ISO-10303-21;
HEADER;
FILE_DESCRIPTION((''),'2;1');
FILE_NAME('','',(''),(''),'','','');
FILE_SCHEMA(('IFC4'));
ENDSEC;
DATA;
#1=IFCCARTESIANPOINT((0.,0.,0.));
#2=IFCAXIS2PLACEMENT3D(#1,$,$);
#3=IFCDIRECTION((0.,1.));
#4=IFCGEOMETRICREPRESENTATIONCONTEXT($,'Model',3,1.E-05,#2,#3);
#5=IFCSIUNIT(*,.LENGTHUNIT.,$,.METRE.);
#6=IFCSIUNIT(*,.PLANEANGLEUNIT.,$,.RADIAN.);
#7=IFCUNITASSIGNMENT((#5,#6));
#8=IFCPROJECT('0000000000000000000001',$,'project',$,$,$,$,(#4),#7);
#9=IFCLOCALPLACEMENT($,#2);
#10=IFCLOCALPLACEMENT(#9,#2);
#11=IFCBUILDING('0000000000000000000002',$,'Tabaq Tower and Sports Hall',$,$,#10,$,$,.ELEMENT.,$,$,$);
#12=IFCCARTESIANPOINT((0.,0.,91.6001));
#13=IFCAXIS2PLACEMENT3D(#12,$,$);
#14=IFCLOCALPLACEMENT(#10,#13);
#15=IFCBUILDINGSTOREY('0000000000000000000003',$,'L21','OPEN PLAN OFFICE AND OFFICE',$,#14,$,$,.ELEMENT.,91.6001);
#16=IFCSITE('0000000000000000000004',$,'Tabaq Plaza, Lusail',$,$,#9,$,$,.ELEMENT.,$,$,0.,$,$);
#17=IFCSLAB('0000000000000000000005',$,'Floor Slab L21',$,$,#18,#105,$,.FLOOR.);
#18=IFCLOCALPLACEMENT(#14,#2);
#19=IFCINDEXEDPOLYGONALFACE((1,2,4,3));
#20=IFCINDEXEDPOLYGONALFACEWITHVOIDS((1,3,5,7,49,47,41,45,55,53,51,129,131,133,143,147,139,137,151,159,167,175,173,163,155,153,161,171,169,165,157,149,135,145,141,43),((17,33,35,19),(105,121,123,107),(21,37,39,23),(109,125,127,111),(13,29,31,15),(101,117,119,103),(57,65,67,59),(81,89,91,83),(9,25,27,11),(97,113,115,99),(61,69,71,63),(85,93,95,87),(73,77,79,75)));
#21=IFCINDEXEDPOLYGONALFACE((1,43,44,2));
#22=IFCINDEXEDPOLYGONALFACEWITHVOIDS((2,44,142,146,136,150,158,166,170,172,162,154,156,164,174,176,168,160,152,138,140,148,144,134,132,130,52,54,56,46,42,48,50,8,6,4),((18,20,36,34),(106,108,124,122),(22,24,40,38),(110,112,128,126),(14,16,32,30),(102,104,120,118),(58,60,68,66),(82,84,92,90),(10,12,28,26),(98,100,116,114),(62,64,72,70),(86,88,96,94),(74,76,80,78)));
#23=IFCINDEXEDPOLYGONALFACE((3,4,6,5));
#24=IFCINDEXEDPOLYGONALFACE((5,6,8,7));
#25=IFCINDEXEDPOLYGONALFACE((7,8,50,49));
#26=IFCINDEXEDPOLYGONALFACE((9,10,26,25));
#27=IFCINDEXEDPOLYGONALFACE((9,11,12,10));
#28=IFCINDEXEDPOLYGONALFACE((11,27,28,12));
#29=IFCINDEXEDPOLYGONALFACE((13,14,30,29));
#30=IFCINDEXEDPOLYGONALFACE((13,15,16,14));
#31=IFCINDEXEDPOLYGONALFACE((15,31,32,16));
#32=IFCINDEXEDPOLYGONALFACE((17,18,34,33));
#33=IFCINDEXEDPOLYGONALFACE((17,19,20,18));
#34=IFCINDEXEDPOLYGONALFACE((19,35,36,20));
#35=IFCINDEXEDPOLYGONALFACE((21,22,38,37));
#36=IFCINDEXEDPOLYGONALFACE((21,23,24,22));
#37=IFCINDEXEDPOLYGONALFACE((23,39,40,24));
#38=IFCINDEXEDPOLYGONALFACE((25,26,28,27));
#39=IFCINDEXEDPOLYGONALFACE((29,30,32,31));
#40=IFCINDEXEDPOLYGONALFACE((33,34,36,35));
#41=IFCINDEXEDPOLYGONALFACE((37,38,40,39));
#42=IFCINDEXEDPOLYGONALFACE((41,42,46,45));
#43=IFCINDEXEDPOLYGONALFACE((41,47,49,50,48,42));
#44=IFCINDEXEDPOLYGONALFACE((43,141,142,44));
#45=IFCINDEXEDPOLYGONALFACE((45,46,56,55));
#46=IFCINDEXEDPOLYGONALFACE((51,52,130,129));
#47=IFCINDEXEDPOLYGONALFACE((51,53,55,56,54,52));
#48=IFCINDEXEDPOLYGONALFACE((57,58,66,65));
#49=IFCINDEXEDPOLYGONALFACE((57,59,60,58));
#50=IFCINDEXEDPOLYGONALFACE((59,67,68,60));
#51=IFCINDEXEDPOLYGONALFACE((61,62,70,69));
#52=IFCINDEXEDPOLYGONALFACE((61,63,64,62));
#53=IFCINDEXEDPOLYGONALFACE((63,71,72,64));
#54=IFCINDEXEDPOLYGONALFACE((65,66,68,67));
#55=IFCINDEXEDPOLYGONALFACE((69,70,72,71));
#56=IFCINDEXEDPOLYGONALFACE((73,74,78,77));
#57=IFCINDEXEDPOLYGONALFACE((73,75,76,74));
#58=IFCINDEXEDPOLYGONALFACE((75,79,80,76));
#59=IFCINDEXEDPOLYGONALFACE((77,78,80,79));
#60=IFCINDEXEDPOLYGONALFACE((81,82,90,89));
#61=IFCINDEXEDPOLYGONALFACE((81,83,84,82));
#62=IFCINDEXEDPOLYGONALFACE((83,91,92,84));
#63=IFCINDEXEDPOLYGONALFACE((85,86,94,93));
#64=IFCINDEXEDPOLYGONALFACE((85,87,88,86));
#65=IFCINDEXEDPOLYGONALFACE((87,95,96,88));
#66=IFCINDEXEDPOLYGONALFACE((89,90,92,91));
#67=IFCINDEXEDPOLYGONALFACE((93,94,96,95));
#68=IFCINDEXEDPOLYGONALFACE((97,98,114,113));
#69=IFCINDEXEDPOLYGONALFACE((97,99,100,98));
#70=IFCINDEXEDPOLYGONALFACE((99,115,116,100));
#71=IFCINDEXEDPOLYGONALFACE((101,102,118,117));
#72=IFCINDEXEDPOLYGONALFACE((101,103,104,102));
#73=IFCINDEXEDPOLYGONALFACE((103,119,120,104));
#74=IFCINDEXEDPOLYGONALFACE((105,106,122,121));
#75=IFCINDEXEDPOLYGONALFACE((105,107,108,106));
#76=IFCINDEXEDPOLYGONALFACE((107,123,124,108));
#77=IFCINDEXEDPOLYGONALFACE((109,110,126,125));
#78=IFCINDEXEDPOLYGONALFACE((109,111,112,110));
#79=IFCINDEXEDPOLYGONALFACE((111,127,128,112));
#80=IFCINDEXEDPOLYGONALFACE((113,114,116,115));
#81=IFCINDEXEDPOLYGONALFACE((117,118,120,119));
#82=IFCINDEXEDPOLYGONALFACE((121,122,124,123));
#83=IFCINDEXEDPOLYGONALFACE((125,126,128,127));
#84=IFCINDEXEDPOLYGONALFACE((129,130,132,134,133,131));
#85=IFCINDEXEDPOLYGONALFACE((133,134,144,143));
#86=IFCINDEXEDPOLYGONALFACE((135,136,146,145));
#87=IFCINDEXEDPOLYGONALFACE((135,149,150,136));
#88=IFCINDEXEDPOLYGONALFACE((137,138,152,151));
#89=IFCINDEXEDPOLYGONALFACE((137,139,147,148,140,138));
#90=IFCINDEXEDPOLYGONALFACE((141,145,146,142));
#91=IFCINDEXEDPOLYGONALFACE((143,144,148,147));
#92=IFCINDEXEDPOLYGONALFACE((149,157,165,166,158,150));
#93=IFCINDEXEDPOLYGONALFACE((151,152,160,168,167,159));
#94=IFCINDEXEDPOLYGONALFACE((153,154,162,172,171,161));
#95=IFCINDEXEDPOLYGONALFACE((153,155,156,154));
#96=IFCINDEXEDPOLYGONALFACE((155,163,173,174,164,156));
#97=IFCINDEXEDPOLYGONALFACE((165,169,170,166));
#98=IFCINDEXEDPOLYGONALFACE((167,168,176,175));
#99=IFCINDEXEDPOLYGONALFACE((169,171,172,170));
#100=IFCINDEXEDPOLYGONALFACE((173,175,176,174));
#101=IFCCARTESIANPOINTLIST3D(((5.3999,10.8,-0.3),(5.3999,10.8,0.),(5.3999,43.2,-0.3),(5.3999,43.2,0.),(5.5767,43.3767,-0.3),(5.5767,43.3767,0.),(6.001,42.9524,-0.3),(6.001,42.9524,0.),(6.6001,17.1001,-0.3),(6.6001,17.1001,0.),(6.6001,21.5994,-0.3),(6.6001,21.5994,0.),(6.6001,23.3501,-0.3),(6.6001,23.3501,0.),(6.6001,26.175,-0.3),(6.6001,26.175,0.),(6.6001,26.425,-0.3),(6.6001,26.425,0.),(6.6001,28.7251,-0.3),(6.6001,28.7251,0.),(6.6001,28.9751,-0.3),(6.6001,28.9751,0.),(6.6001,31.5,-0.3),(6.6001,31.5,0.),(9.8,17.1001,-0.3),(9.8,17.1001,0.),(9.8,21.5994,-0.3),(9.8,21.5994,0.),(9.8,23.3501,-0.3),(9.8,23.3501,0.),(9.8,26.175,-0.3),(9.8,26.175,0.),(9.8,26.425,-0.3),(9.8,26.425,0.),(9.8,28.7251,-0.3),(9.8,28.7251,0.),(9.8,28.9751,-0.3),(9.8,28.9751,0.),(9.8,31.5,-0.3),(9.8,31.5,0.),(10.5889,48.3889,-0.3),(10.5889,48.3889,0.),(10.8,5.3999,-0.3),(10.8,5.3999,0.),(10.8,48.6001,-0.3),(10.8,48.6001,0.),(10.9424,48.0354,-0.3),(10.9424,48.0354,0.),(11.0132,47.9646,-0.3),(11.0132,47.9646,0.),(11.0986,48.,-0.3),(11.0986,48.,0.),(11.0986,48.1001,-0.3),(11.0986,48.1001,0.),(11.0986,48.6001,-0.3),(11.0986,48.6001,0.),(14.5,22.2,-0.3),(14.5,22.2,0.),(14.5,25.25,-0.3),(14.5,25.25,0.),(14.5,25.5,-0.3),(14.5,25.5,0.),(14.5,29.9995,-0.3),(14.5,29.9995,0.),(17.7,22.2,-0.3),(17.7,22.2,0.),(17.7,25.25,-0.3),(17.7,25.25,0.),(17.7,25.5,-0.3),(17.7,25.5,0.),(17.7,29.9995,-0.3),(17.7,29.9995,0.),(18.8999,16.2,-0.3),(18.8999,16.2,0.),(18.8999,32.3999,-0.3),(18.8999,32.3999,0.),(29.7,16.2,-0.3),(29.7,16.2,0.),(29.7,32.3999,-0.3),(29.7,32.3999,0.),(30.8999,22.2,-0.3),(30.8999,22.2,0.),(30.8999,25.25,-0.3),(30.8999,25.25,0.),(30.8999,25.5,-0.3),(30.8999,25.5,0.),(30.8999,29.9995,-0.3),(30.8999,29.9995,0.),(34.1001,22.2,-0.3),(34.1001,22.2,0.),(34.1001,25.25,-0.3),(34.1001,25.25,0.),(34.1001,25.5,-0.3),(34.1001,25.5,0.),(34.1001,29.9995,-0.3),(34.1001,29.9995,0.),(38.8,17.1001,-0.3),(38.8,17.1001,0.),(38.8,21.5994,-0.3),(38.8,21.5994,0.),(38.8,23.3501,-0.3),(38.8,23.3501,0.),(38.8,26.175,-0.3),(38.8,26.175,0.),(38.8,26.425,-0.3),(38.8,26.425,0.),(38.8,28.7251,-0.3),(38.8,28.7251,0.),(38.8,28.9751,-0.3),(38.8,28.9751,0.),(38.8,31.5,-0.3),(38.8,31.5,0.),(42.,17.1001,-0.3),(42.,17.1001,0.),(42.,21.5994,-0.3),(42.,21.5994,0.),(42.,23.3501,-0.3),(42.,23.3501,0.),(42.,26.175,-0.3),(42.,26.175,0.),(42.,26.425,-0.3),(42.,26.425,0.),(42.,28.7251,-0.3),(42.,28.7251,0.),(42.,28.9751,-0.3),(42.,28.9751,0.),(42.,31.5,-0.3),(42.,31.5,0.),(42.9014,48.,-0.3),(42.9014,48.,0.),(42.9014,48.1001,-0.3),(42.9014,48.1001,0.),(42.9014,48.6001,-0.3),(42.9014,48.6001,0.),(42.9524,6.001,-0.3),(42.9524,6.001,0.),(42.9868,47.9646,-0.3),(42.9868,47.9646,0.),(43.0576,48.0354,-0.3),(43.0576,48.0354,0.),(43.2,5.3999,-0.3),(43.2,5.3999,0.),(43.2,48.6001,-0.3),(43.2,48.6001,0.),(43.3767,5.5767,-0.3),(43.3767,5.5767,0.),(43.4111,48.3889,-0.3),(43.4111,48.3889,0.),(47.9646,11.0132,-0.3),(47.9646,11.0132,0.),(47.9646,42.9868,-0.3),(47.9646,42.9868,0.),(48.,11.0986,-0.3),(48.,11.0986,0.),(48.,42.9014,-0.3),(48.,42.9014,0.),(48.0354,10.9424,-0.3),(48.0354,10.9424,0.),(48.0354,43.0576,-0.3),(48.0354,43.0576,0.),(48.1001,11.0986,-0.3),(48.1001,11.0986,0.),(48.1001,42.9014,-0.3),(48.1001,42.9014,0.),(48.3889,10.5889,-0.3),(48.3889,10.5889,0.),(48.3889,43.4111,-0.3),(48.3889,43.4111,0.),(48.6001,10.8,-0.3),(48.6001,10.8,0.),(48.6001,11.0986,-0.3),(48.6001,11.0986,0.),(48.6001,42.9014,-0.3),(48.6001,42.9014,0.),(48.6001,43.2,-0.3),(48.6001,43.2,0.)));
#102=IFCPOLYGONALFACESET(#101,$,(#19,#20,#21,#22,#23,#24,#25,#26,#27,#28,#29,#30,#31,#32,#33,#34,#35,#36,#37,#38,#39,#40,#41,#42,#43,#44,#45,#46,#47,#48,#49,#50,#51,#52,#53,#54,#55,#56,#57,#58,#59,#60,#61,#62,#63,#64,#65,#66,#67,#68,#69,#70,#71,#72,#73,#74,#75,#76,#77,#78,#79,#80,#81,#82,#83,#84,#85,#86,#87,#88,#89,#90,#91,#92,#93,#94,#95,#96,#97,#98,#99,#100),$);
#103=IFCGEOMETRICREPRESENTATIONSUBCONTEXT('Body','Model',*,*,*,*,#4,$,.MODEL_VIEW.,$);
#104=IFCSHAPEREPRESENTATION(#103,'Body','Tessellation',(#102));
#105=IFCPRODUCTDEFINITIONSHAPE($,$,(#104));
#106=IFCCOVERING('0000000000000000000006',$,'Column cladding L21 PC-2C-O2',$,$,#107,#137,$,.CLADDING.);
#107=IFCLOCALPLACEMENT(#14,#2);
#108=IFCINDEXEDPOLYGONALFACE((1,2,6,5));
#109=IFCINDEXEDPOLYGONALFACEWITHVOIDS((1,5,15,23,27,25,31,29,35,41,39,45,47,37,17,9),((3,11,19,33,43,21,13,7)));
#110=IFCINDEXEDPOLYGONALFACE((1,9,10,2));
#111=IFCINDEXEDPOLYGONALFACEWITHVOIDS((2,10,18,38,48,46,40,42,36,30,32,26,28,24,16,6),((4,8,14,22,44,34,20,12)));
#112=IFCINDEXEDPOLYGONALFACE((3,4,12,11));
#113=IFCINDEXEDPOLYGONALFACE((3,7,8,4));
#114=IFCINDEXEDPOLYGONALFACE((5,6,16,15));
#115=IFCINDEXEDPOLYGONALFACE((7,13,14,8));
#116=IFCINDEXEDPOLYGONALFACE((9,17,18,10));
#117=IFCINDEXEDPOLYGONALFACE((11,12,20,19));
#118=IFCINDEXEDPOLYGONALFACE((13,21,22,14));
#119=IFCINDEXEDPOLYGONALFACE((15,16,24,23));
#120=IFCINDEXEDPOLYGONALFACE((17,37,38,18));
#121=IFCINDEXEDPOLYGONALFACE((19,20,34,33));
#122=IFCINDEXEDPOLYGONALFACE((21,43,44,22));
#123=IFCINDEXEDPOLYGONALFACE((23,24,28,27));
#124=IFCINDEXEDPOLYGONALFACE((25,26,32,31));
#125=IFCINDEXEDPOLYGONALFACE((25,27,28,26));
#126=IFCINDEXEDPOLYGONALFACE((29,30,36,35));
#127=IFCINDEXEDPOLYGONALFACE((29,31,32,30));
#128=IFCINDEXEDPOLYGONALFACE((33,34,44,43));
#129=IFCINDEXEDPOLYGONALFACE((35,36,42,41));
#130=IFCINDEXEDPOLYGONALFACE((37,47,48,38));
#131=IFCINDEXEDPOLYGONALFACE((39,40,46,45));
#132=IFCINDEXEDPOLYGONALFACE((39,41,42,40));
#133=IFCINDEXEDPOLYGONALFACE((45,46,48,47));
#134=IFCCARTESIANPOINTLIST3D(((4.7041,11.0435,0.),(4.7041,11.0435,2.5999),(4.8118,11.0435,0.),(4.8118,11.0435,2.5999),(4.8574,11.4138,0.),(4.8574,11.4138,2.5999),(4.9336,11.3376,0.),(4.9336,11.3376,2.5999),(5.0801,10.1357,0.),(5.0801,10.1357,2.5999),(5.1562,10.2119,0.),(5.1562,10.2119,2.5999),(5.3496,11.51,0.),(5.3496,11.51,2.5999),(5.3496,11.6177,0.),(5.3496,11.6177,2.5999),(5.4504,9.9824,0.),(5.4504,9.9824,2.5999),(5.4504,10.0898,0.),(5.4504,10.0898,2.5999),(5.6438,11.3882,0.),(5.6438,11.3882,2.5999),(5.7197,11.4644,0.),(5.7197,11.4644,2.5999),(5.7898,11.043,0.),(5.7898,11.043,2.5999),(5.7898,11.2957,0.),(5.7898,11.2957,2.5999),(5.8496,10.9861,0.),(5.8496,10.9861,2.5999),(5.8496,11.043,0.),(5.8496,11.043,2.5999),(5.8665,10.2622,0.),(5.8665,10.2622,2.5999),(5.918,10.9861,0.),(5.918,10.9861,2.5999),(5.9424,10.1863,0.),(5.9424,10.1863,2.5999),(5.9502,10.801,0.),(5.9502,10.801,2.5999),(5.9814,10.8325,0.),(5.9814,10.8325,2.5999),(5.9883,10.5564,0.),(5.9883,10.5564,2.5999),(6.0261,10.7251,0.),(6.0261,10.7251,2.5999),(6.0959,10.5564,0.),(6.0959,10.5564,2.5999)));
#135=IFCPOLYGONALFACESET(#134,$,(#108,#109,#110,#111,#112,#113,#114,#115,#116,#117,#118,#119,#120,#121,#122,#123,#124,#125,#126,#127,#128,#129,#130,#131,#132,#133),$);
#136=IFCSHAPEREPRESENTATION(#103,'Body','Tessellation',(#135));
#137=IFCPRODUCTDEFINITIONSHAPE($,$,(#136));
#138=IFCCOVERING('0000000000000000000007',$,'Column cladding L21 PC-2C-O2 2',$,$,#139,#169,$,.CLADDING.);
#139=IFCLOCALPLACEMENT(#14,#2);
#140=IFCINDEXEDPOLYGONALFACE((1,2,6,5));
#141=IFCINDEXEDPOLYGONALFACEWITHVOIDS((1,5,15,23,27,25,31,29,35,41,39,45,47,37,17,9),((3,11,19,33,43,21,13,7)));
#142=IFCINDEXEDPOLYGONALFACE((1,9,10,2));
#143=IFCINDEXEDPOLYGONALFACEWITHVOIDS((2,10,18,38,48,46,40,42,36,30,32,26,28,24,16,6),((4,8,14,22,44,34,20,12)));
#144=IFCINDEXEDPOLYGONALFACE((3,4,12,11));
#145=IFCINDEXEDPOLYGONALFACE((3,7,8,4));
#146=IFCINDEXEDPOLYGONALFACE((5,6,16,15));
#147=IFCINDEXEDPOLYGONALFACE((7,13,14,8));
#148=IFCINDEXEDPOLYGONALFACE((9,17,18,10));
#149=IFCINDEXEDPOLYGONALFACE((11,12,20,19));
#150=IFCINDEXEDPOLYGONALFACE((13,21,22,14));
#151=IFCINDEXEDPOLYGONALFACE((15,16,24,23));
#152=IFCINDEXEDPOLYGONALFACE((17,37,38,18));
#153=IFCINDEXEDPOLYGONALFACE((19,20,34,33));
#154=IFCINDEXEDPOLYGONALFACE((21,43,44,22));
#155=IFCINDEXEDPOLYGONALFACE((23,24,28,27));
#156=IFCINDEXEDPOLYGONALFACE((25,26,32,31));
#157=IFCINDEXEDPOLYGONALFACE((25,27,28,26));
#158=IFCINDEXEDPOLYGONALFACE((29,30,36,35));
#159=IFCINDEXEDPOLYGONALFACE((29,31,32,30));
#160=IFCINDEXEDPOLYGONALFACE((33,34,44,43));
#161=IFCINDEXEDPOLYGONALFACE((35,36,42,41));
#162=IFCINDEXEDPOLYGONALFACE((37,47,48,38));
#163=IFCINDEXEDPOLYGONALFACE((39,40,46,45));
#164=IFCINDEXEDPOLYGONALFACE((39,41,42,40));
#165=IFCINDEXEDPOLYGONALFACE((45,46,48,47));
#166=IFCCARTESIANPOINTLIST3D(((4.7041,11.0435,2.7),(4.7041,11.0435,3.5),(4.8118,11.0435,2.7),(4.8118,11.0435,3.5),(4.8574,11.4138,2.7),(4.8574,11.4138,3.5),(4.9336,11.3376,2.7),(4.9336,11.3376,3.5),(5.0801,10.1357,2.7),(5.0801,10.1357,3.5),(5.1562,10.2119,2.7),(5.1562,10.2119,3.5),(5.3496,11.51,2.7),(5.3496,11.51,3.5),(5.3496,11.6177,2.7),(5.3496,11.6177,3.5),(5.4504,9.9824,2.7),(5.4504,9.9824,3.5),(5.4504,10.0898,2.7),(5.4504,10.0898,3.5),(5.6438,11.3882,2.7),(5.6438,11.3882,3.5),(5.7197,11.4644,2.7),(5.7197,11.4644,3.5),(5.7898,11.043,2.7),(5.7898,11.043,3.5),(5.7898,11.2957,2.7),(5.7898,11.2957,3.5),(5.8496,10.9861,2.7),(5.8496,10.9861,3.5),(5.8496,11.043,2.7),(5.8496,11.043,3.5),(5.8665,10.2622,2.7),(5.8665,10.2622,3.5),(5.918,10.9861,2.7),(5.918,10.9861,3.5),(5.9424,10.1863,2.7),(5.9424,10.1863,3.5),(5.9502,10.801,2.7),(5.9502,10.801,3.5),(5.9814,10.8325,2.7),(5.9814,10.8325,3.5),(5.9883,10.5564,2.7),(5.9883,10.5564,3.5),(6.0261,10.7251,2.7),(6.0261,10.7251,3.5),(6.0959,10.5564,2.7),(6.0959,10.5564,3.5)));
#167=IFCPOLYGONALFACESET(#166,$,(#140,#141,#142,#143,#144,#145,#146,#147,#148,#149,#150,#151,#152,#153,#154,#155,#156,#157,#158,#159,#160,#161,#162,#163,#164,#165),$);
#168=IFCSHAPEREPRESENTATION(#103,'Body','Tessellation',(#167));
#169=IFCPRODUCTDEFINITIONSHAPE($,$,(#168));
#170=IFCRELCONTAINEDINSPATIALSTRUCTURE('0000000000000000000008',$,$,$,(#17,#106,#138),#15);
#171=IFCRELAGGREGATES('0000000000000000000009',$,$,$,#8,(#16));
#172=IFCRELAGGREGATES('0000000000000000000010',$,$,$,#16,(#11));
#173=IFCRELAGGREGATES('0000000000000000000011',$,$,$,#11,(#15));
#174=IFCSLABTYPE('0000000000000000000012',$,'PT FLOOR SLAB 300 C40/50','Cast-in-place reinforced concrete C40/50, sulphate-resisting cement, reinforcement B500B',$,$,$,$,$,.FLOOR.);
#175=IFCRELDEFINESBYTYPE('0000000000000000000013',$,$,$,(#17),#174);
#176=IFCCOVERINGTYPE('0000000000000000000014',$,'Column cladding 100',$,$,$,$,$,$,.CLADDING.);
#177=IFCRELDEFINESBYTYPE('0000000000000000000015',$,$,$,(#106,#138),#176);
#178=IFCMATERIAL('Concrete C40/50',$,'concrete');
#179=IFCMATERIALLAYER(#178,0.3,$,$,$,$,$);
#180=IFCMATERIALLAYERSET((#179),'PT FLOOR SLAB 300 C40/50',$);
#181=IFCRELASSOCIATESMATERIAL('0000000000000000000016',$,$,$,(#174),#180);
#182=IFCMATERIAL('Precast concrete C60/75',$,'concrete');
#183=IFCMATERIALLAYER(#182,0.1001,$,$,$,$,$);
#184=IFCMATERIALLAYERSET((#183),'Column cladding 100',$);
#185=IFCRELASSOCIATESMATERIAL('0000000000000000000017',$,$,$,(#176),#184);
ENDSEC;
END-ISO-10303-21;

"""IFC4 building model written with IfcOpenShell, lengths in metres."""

from ifc_helpers import new_model, si_unit, direction, frame, origin, place, context, subcontext, project, spatial, polyline, outline, extrude, material, layer, layer_set, type_object, element, save


model = new_model("IFC4")

# Units and contexts
model_context = context("Model", 3, precision=1e-05, world=origin(), true_north=direction((0.0, 1.0)))
body_context = subcontext(model_context, "Body", "Model", "MODEL_VIEW")
ifc_project = project(units=[si_unit("LENGTHUNIT", "METRE"), si_unit("PLANEANGLEUNIT", "RADIAN")], contexts=[model_context])

# Site, building, storey
site_placement = place(None, origin())
site = spatial("IfcSite", under=ifc_project, at=site_placement, Name="Tabaq Plaza, Lusail", CompositionType="ELEMENT", RefElevation=0.0)
building_placement = place(site_placement, origin())
building = spatial("IfcBuilding", under=site, at=building_placement, Name="Tabaq Tower and Sports Hall", CompositionType="ELEMENT")
storey_placement = place(building_placement, frame((0.0, 0.0, 91.6001)))
storey = spatial("IfcBuildingStorey", under=building, at=storey_placement, Name="L21", Description="OPEN PLAN OFFICE AND OFFICE", CompositionType="ELEMENT", Elevation=91.6001)

# Slab
ifc_material_1 = material(Name="Concrete C40/50", Category="concrete")
ifc_layer_1 = layer(ifc_material_1, 0.3)
ifc_layer_set_1 = layer_set([ifc_layer_1], Name="PT FLOOR SLAB 300 C40/50")
slab_type = type_object("IfcSlabType", Name="PT FLOOR SLAB 300 C40/50", Description="Cast-in-place reinforced concrete C40/50, sulphate-resisting cement, reinforcement B500B", PredefinedType="FLOOR", material=ifc_layer_set_1)
slab_placement = place(storey_placement, frame((0.0, 0.0, -0.3)))
element("IfcSlab", 1, at=slab_placement, inside=storey, type_object=slab_type, Name="Floor Slab L21", PredefinedType="FLOOR", context=body_context, shape_type="SweptSolid", body=[
    extrude(outline(polyline([(5.3999, 43.2), (5.3999, 10.8), (10.8, 5.3999), (43.2, 5.3999), (43.3767, 5.5767), (42.9524, 6.001), (47.9646, 11.0132), (48.0354, 10.9424), (48.3889, 10.5889), (48.6001, 10.8), (48.6001, 11.0986), (48.1001, 11.0986), (48.0, 11.0986), (48.0, 42.9014), (48.1001, 42.9014), (48.6001, 42.9014), (48.6001, 43.2), (48.3889, 43.4111), (48.0354, 43.0576), (47.9646, 42.9868), (42.9868, 47.9646), (43.0576, 48.0354), (43.4111, 48.3889), (43.2, 48.6001), (42.9014, 48.6001), (42.9014, 48.1001), (42.9014, 48.0), (11.0986, 48.0), (11.0986, 48.1001), (11.0986, 48.6001), (10.8, 48.6001), (10.5889, 48.3889), (10.9424, 48.0354), (11.0132, 47.9646), (6.001, 42.9524), (5.5767, 43.3767), (5.3999, 43.2)]), holes=[polyline([(6.6001, 21.5994), (9.8, 21.5994), (9.8, 17.1001), (6.6001, 17.1001), (6.6001, 21.5994)]), polyline([(17.7, 25.25), (17.7, 22.2), (14.5, 22.2), (14.5, 25.25), (17.7, 25.25)]), polyline([(18.8999, 32.3999), (29.7, 32.3999), (29.7, 16.2), (18.8999, 16.2), (18.8999, 32.3999)]), polyline([(6.6001, 26.175), (9.8, 26.175), (9.8, 23.3501), (6.6001, 23.3501), (6.6001, 26.175)]), polyline([(9.8, 28.7251), (9.8, 26.425), (6.6001, 26.425), (6.6001, 28.7251), (9.8, 28.7251)]), polyline([(17.7, 29.9995), (17.7, 25.5), (14.5, 25.5), (14.5, 29.9995), (17.7, 29.9995)]), polyline([(6.6001, 31.5), (9.8, 31.5), (9.8, 28.9751), (6.6001, 28.9751), (6.6001, 31.5)]), polyline([(42.0, 21.5994), (42.0, 17.1001), (38.8, 17.1001), (38.8, 21.5994), (42.0, 21.5994)]), polyline([(34.1001, 25.25), (34.1001, 22.2), (30.8999, 22.2), (30.8999, 25.25), (34.1001, 25.25)]), polyline([(42.0, 26.175), (42.0, 23.3501), (38.8, 23.3501), (38.8, 26.175), (42.0, 26.175)]), polyline([(42.0, 28.7251), (42.0, 26.425), (38.8, 26.425), (38.8, 28.7251), (42.0, 28.7251)]), polyline([(34.1001, 29.9995), (34.1001, 25.5), (30.8999, 25.5), (30.8999, 29.9995), (34.1001, 29.9995)]), polyline([(42.0, 31.5), (42.0, 28.9751), (38.8, 28.9751), (38.8, 31.5), (42.0, 31.5)])]), origin(), (0.0, 0.0, 1.0), 0.3),
])

# Coverings
ifc_material_2 = material(Name="Precast concrete C60/75", Category="concrete")
ifc_layer_2 = layer(ifc_material_2, 0.1001)
ifc_layer_set_2 = layer_set([ifc_layer_2], Name="Column cladding 100")
covering_type = type_object("IfcCoveringType", Name="Column cladding 100", PredefinedType="CLADDING", material=ifc_layer_set_2)
covering_1_placement = place(storey_placement, origin())
element("IfcCovering", 2, at=covering_1_placement, inside=storey, type_object=covering_type, Name="Column cladding L21 PC-2C-O2", PredefinedType="CLADDING", context=body_context, shape_type="SweptSolid", body=[
    extrude(outline(polyline([(5.4504, 9.9824), (5.0801, 10.1357), (4.7041, 11.0435), (4.8574, 11.4138), (5.3496, 11.6177), (5.7197, 11.4644), (5.7898, 11.2957), (5.7898, 11.043), (5.8496, 11.043), (5.8496, 10.9861), (5.918, 10.9861), (5.9814, 10.8325), (5.9502, 10.801), (6.0261, 10.7251), (6.0959, 10.5564), (5.9424, 10.1863), (5.4504, 9.9824)]), holes=[polyline([(5.3496, 11.51), (4.9336, 11.3376), (4.8118, 11.0435), (5.1562, 10.2119), (5.4504, 10.0898), (5.8665, 10.2622), (5.9883, 10.5564), (5.6438, 11.3882), (5.3496, 11.51)])]), origin(), (0.0, 0.0, 1.0), 2.5999),
])
covering_2_placement = place(storey_placement, frame((0.0, 0.0, 2.7)))
element("IfcCovering", 3, at=covering_2_placement, inside=storey, type_object=covering_type, Name="Column cladding L21 PC-2C-O2 2", PredefinedType="CLADDING", context=body_context, shape_type="SweptSolid", body=[
    extrude(outline(polyline([(5.4504, 9.9824), (5.0801, 10.1357), (4.7041, 11.0435), (4.8574, 11.4138), (5.3496, 11.6177), (5.7197, 11.4644), (5.7898, 11.2957), (5.7898, 11.043), (5.8496, 11.043), (5.8496, 10.9861), (5.918, 10.9861), (5.9814, 10.8325), (5.9502, 10.801), (6.0261, 10.7251), (6.0959, 10.5564), (5.9424, 10.1863), (5.4504, 9.9824)]), holes=[polyline([(5.3496, 11.51), (4.9336, 11.3376), (4.8118, 11.0435), (5.1562, 10.2119), (5.4504, 10.0898), (5.8665, 10.2622), (5.9883, 10.5564), (5.6438, 11.3882), (5.3496, 11.51)])]), origin(), (0.0, 0.0, 1.0), 0.8),
])

save(model, "model.ifc")
